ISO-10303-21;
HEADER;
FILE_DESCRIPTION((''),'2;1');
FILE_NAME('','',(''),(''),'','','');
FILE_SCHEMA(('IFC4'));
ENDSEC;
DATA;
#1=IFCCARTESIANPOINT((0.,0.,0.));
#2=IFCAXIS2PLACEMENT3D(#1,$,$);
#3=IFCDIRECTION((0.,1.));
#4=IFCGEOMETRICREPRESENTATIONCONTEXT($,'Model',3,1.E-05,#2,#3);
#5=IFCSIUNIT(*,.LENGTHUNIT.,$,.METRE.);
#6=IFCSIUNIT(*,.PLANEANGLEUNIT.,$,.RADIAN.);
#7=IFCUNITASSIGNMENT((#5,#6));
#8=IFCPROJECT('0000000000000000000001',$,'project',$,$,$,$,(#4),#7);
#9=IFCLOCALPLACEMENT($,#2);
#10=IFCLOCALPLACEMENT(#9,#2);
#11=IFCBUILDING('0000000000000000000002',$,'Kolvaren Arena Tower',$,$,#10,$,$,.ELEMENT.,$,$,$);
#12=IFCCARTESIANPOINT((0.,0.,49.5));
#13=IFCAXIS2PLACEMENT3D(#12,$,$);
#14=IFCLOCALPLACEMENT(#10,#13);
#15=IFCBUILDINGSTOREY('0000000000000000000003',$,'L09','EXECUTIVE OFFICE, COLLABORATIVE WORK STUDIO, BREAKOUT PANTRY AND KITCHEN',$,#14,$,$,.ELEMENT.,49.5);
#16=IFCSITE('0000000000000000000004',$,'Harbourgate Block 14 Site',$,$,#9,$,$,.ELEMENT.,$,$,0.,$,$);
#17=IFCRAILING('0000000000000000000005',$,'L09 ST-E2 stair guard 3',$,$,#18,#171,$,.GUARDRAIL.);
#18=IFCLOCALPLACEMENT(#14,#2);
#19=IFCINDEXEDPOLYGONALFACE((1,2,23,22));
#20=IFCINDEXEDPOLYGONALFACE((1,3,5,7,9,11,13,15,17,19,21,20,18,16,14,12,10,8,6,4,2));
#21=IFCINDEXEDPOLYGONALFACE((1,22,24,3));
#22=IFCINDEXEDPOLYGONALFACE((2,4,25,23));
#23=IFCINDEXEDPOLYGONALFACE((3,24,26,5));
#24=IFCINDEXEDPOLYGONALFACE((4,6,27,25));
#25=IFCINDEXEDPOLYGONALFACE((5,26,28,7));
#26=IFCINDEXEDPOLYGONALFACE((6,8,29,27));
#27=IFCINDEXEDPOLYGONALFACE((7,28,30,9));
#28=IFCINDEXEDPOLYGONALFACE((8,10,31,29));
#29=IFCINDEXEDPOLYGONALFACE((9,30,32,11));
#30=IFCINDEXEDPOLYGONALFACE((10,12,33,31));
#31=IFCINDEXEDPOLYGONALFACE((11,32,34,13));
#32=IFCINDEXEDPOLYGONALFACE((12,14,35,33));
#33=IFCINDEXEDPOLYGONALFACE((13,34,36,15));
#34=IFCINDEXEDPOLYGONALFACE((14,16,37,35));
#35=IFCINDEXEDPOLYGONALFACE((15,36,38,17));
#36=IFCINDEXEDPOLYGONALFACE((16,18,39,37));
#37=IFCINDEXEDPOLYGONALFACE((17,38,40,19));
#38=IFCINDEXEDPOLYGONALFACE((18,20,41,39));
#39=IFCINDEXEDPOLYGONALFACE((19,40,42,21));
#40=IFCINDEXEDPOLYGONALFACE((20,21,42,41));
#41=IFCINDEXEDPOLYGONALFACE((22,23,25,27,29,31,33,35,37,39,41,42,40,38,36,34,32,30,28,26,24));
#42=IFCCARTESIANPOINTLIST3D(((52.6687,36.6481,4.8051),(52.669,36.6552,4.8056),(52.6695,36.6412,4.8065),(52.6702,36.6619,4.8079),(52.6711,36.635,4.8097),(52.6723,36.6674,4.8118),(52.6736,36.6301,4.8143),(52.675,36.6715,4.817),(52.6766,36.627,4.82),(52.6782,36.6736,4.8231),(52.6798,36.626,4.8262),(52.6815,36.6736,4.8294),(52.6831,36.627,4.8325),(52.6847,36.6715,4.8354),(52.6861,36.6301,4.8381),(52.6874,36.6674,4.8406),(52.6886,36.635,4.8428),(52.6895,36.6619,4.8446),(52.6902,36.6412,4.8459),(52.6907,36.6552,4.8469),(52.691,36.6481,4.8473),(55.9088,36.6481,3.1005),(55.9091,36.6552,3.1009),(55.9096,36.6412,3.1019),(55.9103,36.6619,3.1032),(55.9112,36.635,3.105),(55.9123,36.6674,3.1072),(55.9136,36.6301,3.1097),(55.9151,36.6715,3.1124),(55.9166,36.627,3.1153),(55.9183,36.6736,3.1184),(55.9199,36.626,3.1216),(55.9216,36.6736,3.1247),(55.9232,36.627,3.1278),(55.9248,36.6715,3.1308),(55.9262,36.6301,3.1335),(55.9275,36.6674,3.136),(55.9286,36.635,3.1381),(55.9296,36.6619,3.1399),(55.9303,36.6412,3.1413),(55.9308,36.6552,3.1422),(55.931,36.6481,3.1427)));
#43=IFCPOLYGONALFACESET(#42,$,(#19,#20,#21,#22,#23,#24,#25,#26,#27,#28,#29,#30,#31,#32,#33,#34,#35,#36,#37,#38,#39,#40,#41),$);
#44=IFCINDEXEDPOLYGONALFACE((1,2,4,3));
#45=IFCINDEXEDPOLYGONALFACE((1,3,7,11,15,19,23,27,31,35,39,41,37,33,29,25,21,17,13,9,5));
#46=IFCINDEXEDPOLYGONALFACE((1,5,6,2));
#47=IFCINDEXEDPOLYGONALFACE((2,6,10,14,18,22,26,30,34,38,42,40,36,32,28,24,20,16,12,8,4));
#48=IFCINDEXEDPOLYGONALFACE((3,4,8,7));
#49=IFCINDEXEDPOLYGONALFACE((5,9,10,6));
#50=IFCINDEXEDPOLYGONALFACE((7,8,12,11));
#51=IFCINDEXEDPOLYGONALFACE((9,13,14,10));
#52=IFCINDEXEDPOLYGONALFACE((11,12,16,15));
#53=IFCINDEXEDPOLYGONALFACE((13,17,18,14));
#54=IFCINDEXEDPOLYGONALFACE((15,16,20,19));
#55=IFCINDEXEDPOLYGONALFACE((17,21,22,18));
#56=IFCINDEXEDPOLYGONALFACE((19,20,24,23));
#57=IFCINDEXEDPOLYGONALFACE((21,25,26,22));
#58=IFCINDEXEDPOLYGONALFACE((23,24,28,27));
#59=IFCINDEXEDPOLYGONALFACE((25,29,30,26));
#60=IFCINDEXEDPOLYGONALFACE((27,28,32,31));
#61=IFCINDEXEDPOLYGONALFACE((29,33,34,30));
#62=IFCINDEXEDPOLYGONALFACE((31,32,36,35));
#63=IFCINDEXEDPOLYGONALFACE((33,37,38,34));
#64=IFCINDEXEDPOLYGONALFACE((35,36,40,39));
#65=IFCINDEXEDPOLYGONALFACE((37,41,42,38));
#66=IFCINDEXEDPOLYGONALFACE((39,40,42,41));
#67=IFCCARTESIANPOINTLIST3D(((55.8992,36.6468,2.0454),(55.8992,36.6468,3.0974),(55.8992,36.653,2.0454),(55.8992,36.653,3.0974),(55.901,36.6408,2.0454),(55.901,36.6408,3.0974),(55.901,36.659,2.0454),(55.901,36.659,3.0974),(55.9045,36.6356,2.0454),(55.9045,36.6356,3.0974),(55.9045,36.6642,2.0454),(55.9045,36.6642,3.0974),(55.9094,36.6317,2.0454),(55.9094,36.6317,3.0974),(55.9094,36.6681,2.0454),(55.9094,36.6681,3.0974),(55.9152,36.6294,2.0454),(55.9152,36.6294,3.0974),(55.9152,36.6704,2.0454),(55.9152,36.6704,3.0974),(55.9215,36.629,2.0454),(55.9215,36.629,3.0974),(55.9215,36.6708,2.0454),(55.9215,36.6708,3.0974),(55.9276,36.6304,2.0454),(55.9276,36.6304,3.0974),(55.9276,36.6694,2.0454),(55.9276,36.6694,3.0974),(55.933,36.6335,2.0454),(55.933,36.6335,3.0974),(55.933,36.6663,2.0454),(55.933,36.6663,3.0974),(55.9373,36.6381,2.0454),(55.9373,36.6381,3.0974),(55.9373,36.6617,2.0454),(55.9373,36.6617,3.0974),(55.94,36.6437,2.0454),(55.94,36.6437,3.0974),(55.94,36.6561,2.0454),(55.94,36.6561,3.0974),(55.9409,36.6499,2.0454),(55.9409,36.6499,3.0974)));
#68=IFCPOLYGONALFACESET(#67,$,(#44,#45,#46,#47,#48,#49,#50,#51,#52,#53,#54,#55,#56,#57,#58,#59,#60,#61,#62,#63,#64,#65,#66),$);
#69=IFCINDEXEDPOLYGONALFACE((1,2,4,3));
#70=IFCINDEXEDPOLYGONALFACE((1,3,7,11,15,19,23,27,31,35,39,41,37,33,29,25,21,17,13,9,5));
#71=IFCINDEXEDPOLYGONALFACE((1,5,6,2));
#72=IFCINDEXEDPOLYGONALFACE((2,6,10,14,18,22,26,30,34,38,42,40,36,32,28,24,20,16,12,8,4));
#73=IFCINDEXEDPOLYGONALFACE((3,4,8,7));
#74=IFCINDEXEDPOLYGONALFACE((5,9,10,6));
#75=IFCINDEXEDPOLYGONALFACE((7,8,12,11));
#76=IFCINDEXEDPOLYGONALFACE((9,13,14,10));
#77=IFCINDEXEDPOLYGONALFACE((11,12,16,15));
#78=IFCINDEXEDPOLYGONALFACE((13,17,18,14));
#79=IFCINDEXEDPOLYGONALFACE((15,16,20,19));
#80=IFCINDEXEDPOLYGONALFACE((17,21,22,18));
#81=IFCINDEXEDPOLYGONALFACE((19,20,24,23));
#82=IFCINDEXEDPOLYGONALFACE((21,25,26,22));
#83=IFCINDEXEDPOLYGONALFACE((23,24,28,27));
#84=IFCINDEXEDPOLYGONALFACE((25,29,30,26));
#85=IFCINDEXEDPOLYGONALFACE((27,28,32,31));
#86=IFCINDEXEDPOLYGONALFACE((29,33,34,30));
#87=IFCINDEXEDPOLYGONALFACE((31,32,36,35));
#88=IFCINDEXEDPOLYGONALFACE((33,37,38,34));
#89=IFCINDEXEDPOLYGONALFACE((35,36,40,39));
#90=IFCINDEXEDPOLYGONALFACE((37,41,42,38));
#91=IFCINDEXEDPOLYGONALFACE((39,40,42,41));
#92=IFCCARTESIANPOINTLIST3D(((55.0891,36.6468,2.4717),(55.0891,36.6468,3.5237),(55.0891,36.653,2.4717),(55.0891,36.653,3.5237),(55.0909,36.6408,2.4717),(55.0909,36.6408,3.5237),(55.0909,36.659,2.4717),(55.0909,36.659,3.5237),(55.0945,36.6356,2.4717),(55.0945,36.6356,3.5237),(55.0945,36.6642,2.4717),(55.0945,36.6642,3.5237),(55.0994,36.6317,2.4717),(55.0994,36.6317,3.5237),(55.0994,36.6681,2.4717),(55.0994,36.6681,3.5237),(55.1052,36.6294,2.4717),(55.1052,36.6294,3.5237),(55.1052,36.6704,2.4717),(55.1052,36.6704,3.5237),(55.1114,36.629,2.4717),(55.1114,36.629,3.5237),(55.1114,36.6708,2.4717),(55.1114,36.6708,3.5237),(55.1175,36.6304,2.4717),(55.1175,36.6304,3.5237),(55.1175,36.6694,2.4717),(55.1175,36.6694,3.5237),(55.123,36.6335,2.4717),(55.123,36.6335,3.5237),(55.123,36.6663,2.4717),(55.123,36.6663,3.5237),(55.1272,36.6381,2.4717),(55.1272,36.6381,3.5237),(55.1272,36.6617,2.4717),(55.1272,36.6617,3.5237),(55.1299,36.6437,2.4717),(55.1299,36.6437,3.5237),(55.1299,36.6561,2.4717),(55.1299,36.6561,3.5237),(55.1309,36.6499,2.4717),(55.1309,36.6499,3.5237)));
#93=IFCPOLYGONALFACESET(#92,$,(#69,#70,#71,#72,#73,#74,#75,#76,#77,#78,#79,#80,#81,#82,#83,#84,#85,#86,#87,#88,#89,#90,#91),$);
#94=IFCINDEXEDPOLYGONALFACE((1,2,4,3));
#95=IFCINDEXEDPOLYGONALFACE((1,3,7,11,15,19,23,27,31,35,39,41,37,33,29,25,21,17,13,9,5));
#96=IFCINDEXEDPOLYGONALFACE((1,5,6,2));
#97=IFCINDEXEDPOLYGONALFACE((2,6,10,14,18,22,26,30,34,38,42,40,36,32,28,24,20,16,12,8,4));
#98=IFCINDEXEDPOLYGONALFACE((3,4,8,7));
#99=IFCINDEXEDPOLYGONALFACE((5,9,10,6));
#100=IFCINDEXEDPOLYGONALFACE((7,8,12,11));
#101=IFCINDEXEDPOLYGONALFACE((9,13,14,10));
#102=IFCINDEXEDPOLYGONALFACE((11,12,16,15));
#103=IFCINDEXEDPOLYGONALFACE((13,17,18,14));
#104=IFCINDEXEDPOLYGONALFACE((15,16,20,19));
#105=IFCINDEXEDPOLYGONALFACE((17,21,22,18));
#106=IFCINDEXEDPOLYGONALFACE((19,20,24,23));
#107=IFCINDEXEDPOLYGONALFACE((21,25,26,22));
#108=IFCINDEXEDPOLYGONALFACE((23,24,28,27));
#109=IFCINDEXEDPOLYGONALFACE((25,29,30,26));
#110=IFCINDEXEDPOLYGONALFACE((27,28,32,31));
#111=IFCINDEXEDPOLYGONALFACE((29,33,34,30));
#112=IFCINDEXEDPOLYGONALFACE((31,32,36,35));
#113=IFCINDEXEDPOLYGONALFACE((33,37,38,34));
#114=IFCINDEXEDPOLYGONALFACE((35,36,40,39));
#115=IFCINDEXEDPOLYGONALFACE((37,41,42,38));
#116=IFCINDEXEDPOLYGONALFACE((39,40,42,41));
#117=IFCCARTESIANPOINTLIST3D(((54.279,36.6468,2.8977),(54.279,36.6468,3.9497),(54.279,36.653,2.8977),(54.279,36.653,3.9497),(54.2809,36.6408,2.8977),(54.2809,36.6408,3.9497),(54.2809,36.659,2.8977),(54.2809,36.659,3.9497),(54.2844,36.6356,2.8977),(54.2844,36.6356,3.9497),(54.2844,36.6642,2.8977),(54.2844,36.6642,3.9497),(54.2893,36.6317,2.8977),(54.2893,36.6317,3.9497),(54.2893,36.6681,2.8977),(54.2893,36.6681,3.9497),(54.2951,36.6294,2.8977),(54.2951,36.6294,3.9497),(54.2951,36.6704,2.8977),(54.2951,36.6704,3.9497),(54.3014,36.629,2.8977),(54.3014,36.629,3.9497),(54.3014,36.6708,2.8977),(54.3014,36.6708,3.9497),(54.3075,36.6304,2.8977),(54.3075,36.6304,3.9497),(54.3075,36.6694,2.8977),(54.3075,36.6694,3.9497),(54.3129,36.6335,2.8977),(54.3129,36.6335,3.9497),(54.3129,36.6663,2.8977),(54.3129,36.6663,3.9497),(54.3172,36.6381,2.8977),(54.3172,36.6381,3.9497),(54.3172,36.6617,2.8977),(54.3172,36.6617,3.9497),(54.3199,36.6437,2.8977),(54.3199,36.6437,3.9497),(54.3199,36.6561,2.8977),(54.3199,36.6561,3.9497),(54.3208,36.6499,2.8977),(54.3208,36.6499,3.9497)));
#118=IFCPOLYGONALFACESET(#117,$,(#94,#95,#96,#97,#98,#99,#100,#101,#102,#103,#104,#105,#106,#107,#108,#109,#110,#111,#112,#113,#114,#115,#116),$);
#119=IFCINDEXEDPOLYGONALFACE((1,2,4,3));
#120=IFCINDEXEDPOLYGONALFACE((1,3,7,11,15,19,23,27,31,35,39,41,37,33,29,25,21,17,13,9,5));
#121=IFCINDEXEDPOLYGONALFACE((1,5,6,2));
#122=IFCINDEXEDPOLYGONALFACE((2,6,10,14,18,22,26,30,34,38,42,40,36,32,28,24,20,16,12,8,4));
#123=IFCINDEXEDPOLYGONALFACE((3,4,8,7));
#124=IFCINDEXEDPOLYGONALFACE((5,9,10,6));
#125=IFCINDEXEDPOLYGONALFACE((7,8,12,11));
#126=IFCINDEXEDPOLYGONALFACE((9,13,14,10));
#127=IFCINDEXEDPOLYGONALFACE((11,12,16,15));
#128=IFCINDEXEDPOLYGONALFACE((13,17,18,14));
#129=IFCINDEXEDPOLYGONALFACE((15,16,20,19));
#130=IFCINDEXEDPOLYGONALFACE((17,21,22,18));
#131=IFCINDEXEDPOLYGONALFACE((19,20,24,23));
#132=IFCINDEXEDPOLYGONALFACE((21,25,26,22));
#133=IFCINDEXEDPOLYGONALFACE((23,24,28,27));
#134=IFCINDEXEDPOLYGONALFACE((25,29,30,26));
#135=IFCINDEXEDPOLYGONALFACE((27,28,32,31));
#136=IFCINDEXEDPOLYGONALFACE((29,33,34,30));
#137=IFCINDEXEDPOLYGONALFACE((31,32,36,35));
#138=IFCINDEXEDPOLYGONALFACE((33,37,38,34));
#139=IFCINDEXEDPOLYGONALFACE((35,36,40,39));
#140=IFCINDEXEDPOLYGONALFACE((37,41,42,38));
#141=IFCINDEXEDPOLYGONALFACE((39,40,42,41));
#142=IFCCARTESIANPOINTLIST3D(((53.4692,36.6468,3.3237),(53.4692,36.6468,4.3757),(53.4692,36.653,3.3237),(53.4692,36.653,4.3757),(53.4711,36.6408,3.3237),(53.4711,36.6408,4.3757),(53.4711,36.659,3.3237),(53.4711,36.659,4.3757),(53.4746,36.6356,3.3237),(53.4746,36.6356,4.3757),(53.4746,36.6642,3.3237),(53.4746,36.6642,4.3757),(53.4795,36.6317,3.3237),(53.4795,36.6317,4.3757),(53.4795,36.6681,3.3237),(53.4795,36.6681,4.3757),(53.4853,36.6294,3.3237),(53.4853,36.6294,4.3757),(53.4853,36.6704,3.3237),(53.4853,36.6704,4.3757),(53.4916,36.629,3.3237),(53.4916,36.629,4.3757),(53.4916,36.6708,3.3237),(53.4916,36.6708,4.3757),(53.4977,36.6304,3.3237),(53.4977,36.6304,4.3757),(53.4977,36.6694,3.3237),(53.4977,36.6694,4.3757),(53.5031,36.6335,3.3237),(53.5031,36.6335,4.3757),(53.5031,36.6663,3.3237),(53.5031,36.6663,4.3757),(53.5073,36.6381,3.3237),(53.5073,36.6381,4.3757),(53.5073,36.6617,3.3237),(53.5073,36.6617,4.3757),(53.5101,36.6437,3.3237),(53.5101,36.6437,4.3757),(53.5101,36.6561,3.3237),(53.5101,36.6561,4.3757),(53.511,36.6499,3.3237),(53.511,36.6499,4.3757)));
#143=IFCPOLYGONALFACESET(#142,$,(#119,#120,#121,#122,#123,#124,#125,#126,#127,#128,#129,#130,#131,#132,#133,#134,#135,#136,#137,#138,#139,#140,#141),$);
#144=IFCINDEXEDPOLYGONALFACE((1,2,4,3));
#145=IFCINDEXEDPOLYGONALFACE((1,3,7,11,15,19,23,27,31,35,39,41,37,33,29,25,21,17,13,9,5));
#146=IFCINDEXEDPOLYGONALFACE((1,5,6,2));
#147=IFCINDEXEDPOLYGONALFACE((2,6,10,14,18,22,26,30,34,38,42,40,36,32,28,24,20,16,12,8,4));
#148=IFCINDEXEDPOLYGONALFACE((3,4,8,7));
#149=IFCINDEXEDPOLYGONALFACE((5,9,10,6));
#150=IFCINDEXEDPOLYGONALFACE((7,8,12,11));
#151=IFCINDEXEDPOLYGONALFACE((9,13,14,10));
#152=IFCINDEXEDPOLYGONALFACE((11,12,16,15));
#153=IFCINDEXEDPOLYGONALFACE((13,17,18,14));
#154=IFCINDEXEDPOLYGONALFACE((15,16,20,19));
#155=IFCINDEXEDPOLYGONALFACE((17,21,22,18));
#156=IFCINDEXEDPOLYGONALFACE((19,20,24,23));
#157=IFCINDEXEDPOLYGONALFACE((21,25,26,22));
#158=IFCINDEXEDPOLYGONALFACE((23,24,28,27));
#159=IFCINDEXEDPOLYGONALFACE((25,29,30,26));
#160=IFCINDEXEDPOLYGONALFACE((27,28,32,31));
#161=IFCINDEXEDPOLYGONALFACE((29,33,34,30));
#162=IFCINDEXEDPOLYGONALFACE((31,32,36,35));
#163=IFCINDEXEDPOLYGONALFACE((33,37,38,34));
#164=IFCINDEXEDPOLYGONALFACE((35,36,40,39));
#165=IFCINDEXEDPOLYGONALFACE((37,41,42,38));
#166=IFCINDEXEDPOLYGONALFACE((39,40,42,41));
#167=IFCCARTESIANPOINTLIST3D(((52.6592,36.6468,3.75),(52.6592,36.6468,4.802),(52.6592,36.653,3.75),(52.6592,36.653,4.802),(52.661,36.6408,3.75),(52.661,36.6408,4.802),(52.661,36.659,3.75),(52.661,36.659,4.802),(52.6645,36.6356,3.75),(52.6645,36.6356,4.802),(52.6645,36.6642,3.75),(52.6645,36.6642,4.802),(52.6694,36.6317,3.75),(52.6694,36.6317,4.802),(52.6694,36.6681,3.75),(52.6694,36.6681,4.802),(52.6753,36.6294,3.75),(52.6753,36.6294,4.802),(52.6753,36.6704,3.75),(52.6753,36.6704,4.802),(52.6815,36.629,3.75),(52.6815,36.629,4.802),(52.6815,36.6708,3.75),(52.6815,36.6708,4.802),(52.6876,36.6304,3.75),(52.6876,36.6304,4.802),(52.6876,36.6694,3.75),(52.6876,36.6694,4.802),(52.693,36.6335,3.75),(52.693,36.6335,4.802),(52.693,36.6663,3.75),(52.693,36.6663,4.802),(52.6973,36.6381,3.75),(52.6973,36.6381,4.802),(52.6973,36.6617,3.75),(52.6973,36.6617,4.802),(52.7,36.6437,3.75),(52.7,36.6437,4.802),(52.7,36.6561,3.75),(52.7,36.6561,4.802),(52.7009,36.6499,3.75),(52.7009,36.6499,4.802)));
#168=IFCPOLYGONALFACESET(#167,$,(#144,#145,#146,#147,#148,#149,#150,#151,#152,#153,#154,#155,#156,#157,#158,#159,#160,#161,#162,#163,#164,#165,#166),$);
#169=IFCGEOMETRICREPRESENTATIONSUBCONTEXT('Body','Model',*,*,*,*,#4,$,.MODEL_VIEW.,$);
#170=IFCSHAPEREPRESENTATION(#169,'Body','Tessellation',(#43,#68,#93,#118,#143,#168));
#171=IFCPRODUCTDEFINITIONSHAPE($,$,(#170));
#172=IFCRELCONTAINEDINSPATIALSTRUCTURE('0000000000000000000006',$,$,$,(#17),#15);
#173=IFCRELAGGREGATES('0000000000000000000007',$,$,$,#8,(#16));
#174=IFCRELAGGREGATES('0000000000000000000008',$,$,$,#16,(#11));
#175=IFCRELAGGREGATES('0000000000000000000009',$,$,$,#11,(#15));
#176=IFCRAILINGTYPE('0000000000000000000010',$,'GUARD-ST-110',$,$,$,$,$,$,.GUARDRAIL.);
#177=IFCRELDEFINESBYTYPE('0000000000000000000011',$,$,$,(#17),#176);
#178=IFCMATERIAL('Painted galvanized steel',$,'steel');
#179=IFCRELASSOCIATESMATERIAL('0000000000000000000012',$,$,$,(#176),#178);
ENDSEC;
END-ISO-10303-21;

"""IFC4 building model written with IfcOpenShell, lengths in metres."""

from ifc_helpers import new_model, si_unit, direction, frame, origin, origin_2d, place, context, subcontext, project, spatial, circle, extrude, material, type_object, element, save


model = new_model("IFC4")

# Units and contexts
model_context = context("Model", 3, precision=1e-05, world=origin(), true_north=direction((0.0, 1.0)))
body_context = subcontext(model_context, "Body", "Model", "MODEL_VIEW")
ifc_project = project(units=[si_unit("LENGTHUNIT", "METRE"), si_unit("PLANEANGLEUNIT", "RADIAN")], contexts=[model_context])

# Site, building, storey
site_placement = place(None, origin())
site = spatial("IfcSite", under=ifc_project, at=site_placement, Name="Harbourgate Block 14 Site", CompositionType="ELEMENT", RefElevation=0.0)
building_placement = place(site_placement, origin())
building = spatial("IfcBuilding", under=site, at=building_placement, Name="Kolvaren Arena Tower", CompositionType="ELEMENT")
storey_placement = place(building_placement, frame((0.0, 0.0, 49.5)))
storey = spatial("IfcBuildingStorey", under=building, at=storey_placement, Name="L09", Description="EXECUTIVE OFFICE, COLLABORATIVE WORK STUDIO, BREAKOUT PANTRY AND KITCHEN", CompositionType="ELEMENT", Elevation=49.5)

# Railing
ifc_material_1 = material(Name="Painted galvanized steel", Category="steel")
railing_type_1 = type_object("IfcRailingType", Name="GUARD-ST-110", PredefinedType="GUARDRAIL", material=ifc_material_1)
railing_1_placement = place(storey_placement, frame((55.9199, 36.6499, 2.0454)))
element("IfcRailing", 1, at=railing_1_placement, inside=storey, type_object=railing_type_1, Name="L09 ST-E2 stair guard 3", PredefinedType="GUARDRAIL", context=body_context, shape_type="SweptSolid", body=[
    extrude(circle(Radius=0.0239, at=origin_2d()), frame((0.0, 0.0, 1.0762), z_axis=(-0.884993, 0.0, 0.465604), x_axis=(0.0, -1.0, 0.0)), (0.0, 0.0, 1.0), 3.6611),
    extrude(circle(Radius=0.021, at=origin_2d()), origin(), (0.0, 0.0, 1.0), 1.052),
    extrude(circle(Radius=0.021, at=origin_2d()), frame((-0.8101, 0.0, 0.4263)), (0.0, 0.0, 1.0), 1.052),
    extrude(circle(Radius=0.021, at=origin_2d()), frame((-1.6201, 0.0, 0.8523)), (0.0, 0.0, 1.0), 1.052),
    extrude(circle(Radius=0.021, at=origin_2d()), frame((-2.4299, 0.0, 1.2783)), (0.0, 0.0, 1.0), 1.052),
    extrude(circle(Radius=0.021, at=origin_2d()), frame((-3.24, 0.0, 1.7046)), (0.0, 0.0, 1.0), 1.052),
])

save(model, "model.ifc")
